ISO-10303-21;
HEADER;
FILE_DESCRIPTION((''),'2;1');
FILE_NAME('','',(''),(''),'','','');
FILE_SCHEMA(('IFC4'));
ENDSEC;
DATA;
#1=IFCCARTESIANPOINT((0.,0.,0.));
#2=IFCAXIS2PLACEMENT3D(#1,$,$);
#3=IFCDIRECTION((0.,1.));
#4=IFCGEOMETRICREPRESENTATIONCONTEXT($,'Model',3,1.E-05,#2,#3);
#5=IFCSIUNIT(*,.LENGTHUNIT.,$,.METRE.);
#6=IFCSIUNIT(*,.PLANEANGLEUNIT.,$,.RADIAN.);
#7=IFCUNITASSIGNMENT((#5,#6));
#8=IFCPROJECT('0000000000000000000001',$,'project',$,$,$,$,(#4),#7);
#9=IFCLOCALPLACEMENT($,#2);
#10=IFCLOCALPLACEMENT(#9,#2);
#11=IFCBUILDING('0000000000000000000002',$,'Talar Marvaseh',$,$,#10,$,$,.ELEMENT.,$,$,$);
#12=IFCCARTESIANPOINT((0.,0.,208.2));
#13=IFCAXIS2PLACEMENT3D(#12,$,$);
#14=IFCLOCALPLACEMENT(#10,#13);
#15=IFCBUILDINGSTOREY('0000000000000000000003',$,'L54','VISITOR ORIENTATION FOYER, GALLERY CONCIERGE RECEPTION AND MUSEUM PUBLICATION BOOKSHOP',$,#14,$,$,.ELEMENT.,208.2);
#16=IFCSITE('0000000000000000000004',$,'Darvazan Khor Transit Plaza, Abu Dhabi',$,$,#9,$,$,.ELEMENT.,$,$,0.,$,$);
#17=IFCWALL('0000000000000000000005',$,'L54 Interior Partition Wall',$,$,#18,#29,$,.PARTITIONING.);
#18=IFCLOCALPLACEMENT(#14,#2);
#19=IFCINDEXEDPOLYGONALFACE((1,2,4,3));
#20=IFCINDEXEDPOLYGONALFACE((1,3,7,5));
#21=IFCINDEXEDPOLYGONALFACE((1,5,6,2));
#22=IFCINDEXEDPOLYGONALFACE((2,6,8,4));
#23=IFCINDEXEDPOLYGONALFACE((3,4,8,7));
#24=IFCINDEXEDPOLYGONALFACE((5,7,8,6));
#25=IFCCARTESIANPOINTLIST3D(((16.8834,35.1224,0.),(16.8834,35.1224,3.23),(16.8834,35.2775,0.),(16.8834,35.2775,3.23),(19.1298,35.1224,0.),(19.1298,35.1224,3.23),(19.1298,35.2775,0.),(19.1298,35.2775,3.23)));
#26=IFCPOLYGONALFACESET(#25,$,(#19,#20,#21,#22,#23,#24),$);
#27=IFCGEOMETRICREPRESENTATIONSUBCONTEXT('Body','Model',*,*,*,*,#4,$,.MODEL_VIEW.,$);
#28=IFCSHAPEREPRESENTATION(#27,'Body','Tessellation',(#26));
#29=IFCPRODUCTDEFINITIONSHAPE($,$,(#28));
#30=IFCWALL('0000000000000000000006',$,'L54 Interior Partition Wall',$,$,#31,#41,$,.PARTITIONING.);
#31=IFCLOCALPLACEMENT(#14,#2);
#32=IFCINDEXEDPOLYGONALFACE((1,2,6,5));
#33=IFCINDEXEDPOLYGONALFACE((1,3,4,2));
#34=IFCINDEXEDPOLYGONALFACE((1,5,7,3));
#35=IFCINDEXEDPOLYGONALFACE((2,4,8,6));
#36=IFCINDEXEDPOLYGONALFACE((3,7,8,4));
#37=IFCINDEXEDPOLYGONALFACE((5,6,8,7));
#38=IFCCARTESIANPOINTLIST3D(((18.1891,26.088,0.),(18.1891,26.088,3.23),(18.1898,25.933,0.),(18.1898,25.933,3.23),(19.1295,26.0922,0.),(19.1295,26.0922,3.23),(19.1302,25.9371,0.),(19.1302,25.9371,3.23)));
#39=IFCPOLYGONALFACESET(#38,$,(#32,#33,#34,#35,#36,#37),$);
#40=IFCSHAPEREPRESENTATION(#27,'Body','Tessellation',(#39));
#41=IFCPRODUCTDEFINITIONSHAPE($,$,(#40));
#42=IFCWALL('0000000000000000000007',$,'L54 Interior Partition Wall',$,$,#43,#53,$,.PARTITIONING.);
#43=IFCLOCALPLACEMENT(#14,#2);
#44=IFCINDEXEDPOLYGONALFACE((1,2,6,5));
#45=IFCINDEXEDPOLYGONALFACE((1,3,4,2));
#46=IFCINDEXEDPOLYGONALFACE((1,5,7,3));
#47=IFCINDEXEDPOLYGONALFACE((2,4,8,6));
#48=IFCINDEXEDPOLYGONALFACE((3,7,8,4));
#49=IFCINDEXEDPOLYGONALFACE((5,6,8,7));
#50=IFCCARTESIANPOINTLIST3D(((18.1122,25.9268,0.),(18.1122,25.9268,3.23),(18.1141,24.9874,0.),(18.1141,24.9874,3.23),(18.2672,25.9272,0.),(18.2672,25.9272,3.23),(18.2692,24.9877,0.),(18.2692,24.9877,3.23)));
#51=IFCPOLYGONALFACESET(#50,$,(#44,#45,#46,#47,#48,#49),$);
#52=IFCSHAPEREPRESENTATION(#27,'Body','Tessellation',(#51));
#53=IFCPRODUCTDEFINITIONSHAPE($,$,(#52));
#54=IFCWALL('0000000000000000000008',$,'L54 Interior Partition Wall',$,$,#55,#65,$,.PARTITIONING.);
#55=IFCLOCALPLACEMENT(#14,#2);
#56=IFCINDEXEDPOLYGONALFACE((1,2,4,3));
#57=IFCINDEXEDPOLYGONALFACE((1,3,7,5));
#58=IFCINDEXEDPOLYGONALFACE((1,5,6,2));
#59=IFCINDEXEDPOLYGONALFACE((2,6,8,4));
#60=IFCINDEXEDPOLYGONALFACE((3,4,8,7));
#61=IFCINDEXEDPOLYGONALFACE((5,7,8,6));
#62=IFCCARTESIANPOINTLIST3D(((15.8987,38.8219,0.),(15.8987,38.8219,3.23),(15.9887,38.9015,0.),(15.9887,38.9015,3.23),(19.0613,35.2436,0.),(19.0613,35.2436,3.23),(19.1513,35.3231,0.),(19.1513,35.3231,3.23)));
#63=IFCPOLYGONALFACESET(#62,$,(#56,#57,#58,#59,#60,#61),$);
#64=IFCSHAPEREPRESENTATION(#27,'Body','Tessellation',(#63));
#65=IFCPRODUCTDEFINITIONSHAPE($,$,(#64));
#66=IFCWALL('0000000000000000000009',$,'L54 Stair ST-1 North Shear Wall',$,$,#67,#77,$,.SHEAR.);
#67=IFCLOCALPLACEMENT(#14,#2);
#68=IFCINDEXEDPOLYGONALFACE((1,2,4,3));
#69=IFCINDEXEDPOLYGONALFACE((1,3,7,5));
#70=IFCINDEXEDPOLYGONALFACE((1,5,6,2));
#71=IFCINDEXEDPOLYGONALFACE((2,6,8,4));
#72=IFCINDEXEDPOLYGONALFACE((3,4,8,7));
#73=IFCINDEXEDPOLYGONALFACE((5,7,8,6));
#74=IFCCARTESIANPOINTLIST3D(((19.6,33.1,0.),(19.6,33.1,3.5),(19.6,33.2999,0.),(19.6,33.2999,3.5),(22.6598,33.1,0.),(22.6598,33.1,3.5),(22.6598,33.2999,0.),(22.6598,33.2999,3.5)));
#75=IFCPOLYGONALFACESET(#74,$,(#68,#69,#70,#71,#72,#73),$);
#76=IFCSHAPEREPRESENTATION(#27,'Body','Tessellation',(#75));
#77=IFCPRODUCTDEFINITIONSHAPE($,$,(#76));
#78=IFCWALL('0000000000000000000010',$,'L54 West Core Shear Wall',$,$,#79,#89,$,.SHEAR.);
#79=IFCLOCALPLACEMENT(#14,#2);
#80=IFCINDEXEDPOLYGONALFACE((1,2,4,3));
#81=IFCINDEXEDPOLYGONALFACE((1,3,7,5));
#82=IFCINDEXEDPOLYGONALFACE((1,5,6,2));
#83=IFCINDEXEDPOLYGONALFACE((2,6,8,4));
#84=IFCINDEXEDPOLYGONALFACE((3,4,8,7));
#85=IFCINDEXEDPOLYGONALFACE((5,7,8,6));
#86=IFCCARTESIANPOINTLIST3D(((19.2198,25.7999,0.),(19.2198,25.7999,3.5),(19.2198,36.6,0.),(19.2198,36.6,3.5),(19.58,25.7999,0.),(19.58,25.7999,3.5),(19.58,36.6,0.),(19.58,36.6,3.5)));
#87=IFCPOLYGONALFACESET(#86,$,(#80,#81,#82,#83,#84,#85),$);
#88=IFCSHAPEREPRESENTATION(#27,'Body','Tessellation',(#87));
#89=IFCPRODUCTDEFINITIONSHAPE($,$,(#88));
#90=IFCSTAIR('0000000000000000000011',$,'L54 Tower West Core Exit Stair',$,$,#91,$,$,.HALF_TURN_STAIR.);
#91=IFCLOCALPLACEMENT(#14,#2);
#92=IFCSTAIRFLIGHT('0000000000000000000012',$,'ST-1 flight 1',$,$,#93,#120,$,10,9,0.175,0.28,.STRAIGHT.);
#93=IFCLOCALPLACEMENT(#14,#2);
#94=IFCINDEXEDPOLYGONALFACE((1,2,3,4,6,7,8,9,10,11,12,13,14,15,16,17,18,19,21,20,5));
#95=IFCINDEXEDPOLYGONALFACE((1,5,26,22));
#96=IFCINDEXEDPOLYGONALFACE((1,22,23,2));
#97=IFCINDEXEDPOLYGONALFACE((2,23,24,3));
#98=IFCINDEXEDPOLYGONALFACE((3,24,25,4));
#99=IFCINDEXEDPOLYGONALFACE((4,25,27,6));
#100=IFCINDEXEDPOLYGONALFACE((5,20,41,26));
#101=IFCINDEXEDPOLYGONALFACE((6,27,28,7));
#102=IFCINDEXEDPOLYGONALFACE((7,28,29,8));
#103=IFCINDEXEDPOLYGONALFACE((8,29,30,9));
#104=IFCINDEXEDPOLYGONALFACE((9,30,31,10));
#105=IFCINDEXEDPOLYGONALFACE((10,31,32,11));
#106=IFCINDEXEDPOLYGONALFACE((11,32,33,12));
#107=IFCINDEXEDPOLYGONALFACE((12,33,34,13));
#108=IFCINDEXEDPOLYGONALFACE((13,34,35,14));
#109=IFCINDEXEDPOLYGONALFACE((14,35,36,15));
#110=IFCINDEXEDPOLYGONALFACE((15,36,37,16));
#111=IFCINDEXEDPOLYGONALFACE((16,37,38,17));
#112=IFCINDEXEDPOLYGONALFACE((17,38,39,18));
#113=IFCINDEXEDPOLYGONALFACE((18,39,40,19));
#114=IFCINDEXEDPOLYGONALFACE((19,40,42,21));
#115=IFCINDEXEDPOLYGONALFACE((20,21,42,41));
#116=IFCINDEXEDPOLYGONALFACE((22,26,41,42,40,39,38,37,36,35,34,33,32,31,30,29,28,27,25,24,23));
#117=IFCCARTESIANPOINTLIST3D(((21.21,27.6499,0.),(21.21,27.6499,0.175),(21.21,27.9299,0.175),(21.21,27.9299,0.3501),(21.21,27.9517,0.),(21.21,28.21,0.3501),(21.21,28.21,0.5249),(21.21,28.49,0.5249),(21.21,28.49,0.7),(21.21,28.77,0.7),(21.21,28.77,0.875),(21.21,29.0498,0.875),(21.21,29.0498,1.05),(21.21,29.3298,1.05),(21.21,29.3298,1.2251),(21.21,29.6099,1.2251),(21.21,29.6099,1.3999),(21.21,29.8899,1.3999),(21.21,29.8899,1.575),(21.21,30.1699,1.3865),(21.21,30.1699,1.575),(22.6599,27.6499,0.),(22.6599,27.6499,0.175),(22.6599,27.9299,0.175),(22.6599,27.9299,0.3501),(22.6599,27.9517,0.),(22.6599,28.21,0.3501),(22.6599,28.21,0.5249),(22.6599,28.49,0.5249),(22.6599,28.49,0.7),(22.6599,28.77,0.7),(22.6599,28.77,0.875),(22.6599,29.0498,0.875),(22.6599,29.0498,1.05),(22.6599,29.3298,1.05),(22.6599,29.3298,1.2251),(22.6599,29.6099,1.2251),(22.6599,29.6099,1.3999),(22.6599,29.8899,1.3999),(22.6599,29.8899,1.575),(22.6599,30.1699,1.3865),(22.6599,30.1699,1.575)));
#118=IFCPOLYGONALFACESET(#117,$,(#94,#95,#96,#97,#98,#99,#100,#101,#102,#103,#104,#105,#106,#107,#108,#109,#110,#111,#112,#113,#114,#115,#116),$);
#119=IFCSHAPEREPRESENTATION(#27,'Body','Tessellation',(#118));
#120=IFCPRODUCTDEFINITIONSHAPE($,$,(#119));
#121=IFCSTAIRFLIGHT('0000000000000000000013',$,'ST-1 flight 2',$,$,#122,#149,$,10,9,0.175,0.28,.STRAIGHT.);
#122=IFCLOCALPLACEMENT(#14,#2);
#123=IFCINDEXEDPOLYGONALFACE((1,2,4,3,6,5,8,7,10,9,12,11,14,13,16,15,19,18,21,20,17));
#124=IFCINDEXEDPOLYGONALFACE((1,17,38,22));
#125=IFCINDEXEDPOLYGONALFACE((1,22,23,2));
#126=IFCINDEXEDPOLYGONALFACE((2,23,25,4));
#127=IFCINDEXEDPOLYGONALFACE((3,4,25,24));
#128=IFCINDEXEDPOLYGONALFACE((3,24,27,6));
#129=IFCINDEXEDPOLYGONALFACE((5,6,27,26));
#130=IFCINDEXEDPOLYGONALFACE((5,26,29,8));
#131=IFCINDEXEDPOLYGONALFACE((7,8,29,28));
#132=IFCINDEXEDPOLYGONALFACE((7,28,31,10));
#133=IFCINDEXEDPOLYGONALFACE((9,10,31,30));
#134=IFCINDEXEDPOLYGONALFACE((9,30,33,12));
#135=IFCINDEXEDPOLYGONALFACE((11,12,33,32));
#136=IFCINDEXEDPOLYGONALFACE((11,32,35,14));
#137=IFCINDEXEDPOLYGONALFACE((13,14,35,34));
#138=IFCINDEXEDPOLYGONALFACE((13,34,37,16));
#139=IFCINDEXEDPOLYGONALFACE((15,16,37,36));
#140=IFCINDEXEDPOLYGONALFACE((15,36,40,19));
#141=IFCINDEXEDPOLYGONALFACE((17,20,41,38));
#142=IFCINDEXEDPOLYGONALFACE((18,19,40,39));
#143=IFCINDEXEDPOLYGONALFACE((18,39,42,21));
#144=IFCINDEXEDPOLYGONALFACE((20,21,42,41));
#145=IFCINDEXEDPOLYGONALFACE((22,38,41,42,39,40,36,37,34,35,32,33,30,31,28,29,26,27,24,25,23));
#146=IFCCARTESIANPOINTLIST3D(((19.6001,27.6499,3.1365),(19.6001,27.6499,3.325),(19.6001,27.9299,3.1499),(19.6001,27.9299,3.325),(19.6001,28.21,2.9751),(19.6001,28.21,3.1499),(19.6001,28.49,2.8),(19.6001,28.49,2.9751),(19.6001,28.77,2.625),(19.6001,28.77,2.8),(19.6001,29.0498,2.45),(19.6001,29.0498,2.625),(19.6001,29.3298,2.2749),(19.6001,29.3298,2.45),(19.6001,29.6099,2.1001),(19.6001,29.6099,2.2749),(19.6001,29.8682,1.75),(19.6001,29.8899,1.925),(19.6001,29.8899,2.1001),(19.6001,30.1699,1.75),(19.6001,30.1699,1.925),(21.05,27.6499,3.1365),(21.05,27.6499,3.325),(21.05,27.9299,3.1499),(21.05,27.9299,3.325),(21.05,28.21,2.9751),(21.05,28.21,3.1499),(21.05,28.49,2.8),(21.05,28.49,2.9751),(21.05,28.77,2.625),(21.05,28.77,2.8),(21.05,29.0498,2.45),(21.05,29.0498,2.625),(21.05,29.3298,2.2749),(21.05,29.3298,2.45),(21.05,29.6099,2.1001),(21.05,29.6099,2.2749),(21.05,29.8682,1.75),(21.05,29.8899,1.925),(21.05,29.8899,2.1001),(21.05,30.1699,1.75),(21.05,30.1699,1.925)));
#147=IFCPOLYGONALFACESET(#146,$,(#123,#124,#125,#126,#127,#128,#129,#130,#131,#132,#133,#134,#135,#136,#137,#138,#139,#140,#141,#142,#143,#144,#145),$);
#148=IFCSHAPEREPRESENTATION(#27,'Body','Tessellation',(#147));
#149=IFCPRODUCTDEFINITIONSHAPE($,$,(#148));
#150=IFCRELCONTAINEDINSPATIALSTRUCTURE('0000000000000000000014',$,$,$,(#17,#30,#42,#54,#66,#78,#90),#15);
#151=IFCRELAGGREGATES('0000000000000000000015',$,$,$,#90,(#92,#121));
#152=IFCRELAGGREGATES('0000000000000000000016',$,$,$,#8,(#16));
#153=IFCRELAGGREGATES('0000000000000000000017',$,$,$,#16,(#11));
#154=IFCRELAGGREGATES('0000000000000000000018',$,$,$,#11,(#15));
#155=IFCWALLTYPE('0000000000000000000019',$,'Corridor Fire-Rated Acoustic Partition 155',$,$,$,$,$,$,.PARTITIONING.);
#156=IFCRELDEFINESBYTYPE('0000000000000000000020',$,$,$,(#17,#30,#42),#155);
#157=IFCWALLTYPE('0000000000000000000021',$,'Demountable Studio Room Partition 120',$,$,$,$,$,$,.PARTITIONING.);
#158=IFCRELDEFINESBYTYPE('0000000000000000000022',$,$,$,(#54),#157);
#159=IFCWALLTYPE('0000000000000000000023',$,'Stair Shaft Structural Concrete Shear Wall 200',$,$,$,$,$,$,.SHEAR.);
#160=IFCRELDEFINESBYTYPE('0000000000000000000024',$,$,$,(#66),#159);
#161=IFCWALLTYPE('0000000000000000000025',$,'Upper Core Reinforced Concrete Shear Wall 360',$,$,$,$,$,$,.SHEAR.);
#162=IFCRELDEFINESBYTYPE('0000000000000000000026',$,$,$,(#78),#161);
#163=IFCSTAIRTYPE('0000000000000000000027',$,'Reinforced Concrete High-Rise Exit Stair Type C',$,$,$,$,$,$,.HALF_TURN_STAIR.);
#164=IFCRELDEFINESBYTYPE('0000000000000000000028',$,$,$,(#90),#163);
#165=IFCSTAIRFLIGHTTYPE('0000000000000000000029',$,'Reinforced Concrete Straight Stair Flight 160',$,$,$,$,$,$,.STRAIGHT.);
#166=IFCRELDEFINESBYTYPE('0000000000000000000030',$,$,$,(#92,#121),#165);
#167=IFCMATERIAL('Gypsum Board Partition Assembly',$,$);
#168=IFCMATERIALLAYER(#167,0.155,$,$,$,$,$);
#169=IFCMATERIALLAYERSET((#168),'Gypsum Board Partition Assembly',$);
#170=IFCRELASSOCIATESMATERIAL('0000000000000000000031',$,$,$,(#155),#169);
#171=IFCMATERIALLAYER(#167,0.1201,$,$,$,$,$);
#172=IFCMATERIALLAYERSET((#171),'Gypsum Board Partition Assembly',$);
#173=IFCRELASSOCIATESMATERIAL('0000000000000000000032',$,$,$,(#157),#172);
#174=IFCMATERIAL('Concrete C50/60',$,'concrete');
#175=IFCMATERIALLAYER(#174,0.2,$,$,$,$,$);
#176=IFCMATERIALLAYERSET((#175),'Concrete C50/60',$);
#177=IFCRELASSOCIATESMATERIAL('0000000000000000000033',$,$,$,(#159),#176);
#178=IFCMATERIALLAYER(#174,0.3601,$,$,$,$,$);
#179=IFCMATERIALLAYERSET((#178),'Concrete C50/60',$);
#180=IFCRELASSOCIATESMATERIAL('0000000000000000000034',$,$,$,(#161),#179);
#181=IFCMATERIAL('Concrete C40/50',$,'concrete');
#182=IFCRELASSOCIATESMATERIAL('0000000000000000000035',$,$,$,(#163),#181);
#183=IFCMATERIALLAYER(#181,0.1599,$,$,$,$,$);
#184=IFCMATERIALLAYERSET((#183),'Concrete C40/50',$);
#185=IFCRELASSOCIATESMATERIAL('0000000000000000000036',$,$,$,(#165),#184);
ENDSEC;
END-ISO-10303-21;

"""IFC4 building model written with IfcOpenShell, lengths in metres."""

from ifc_helpers import new_model, si_unit, direction, frame, frame_2d, origin, place, context, subcontext, project, spatial, polyline, rectangle, outline, extrude, material, layer, layer_set, type_object, element, aggregate, save


model = new_model("IFC4")

# Units and contexts
model_context = context("Model", 3, precision=1e-05, world=origin(), true_north=direction((0.0, 1.0)))
body_context = subcontext(model_context, "Body", "Model", "MODEL_VIEW")
ifc_project = project(units=[si_unit("LENGTHUNIT", "METRE"), si_unit("PLANEANGLEUNIT", "RADIAN")], contexts=[model_context])

# Site, building, storey
site_placement = place(None, origin())
site = spatial("IfcSite", under=ifc_project, at=site_placement, Name="Darvazan Khor Transit Plaza, Abu Dhabi", CompositionType="ELEMENT", RefElevation=0.0)
building_placement = place(site_placement, origin())
building = spatial("IfcBuilding", under=site, at=building_placement, Name="Talar Marvaseh", CompositionType="ELEMENT")
storey_placement = place(building_placement, frame((0.0, 0.0, 208.2)))
storey = spatial("IfcBuildingStorey", under=building, at=storey_placement, Name="L54", Description="VISITOR ORIENTATION FOYER, GALLERY CONCIERGE RECEPTION AND MUSEUM PUBLICATION BOOKSHOP", CompositionType="ELEMENT", Elevation=208.2)

# Walls
ifc_material_1 = material(Name="Gypsum Board Partition Assembly")
ifc_layer_1 = layer(ifc_material_1, 0.155)
ifc_layer_set_1 = layer_set([ifc_layer_1], Name="Gypsum Board Partition Assembly")
wall_type_1 = type_object("IfcWallType", Name="Corridor Fire-Rated Acoustic Partition 155", PredefinedType="PARTITIONING", material=ifc_layer_set_1)
wall_1_placement = place(storey_placement, frame((16.8835, 35.2, 0.0), z_axis=(0.0, 0.0, 1.0), x_axis=(1.0, 0.0, 0.0)))
element("IfcWall", 1, at=wall_1_placement, inside=storey, type_object=wall_type_1, Name="L54 Interior Partition Wall", PredefinedType="PARTITIONING", context=body_context, shape_type="SweptSolid", body=[
    extrude(rectangle(XDim=2.2463, YDim=0.155, at=frame_2d((1.123, 0.0))), origin(), (0.0, 0.0, 1.0), 3.23),
])
wall_2_placement = place(storey_placement, frame((19.1299, 26.0146, 0.0), z_axis=(0.0, 0.0, 1.0), x_axis=(-0.99999, -0.004413, 0.0)))
element("IfcWall", 2, at=wall_2_placement, inside=storey, type_object=wall_type_1, Name="L54 Interior Partition Wall", PredefinedType="PARTITIONING", context=body_context, shape_type="SweptSolid", body=[
    extrude(rectangle(XDim=0.9404, YDim=0.155, at=frame_2d((0.4702, 0.0))), origin(), (0.0, 0.0, 1.0), 3.23),
])
wall_3_placement = place(storey_placement, frame((18.1897, 25.927, 0.0), z_axis=(0.0, 0.0, 1.0), x_axis=(0.002079, -0.999998, 0.0)))
element("IfcWall", 3, at=wall_3_placement, inside=storey, type_object=wall_type_1, Name="L54 Interior Partition Wall", PredefinedType="PARTITIONING", context=body_context, shape_type="SweptSolid", body=[
    extrude(rectangle(XDim=0.9395, YDim=0.155, at=frame_2d((0.4697, 0.0))), origin(), (0.0, 0.0, 1.0), 3.23),
])
ifc_layer_2 = layer(ifc_material_1, 0.1201)
ifc_layer_set_2 = layer_set([ifc_layer_2], Name="Gypsum Board Partition Assembly")
wall_type_2 = type_object("IfcWallType", Name="Demountable Studio Room Partition 120", PredefinedType="PARTITIONING", material=ifc_layer_set_2)
wall_4_placement = place(storey_placement, frame((19.1062, 35.2834, 0.0), z_axis=(0.0, 0.0, 1.0), x_axis=(-0.662235, 0.749296, 0.0)))
element("IfcWall", 4, at=wall_4_placement, inside=storey, type_object=wall_type_2, Name="L54 Interior Partition Wall", PredefinedType="PARTITIONING", context=body_context, shape_type="SweptSolid", body=[
    extrude(rectangle(XDim=4.7756, YDim=0.1201, at=frame_2d((2.3877, 0.0))), origin(), (0.0, 0.0, 1.0), 3.23),
])
ifc_material_2 = material(Name="Concrete C50/60", Category="concrete")
ifc_layer_3 = layer(ifc_material_2, 0.2)
ifc_layer_set_3 = layer_set([ifc_layer_3], Name="Concrete C50/60")
wall_type_3 = type_object("IfcWallType", Name="Stair Shaft Structural Concrete Shear Wall 200", PredefinedType="SHEAR", material=ifc_layer_set_3)
wall_5_placement = place(storey_placement, frame((19.6001, 33.2, 0.0), z_axis=(0.0, 0.0, 1.0), x_axis=(1.0, 0.0, 0.0)))
element("IfcWall", 5, at=wall_5_placement, inside=storey, type_object=wall_type_3, Name="L54 Stair ST-1 North Shear Wall", PredefinedType="SHEAR", context=body_context, shape_type="SweptSolid", body=[
    extrude(rectangle(XDim=3.0598, YDim=0.2, at=frame_2d((1.5298, 0.0))), origin(), (0.0, 0.0, 1.0), 3.5),
])
ifc_layer_4 = layer(ifc_material_2, 0.3601)
ifc_layer_set_4 = layer_set([ifc_layer_4], Name="Concrete C50/60")
wall_type_4 = type_object("IfcWallType", Name="Upper Core Reinforced Concrete Shear Wall 360", PredefinedType="SHEAR", material=ifc_layer_set_4)
wall_6_placement = place(storey_placement, frame((19.3999, 25.8, 0.0), z_axis=(0.0, 0.0, 1.0), x_axis=(0.0, 1.0, 0.0)))
element("IfcWall", 6, at=wall_6_placement, inside=storey, type_object=wall_type_4, Name="L54 West Core Shear Wall", PredefinedType="SHEAR", context=body_context, shape_type="SweptSolid", body=[
    extrude(rectangle(XDim=10.8, YDim=0.3601, at=frame_2d((5.3999, 0.0))), origin(), (0.0, 0.0, 1.0), 3.5),
])

# Stair, stair flights
ifc_material_3 = material(Name="Concrete C40/50", Category="concrete")
stair_type = type_object("IfcStairType", Name="Reinforced Concrete High-Rise Exit Stair Type C", PredefinedType="HALF_TURN_STAIR", material=ifc_material_3)
stair_placement = place(storey_placement, origin())
stair = element("IfcStair", 7, at=stair_placement, inside=storey, type_object=stair_type, Name="L54 Tower West Core Exit Stair", PredefinedType="HALF_TURN_STAIR")
ifc_layer_5 = layer(ifc_material_3, 0.1599)
ifc_layer_set_5 = layer_set([ifc_layer_5], Name="Concrete C40/50")
stair_flight_type = type_object("IfcStairFlightType", Name="Reinforced Concrete Straight Stair Flight 160", PredefinedType="STRAIGHT", material=ifc_layer_set_5)
stair_flight_1_placement = place(storey_placement, frame((21.9351, 27.6499, 0.0), z_axis=(0.0, 0.0, 1.0), x_axis=(0.0, 1.0, 0.0)))
stair_flight_1 = element("IfcStairFlight", 8, at=stair_flight_1_placement, type_object=stair_flight_type, Name="ST-1 flight 1", NumberOfRisers=10, NumberOfTreads=9, PredefinedType="STRAIGHT", RiserHeight=0.175, TreadLength=0.28, context=body_context, shape_type="SweptSolid", body=[
    extrude(outline(polyline([(0.0, 0.0), (0.0, 0.175), (0.28, 0.175), (0.28, 0.3501), (0.5601, 0.3501), (0.5601, 0.5249), (0.8401, 0.5249), (0.8401, 0.7), (1.1201, 0.7), (1.1201, 0.875), (1.3999, 0.875), (1.3999, 1.05), (1.6799, 1.05), (1.6799, 1.2251), (1.96, 1.2251), (1.96, 1.3999), (2.24, 1.3999), (2.24, 1.575), (2.52, 1.575), (2.52, 1.75), (2.52, 1.3865), (0.3018, 0.0), (0.0, 0.0)])), frame((0.0, 0.7251, 0.0), z_axis=(0.0, -1.0, 0.0), x_axis=(1.0, 0.0, 0.0)), (0.0, 0.0, 1.0), 1.45),
])
stair_flight_2_placement = place(storey_placement, frame((20.325, 30.1699, 1.75), z_axis=(0.0, 0.0, 1.0), x_axis=(0.0, -1.0, 0.0)))
stair_flight_2 = element("IfcStairFlight", 9, at=stair_flight_2_placement, type_object=stair_flight_type, Name="ST-1 flight 2", NumberOfRisers=10, NumberOfTreads=9, PredefinedType="STRAIGHT", RiserHeight=0.175, TreadLength=0.28, context=body_context, shape_type="SweptSolid", body=[
    extrude(outline(polyline([(0.0, 0.0), (0.0, 0.175), (0.28, 0.175), (0.28, 0.3501), (0.5601, 0.3501), (0.5601, 0.5249), (0.8401, 0.5249), (0.8401, 0.7), (1.1201, 0.7), (1.1201, 0.875), (1.3999, 0.875), (1.3999, 1.05), (1.6799, 1.05), (1.6799, 1.2251), (1.96, 1.2251), (1.96, 1.3999), (2.24, 1.3999), (2.24, 1.575), (2.52, 1.575), (2.52, 1.75), (2.52, 1.3865), (0.3018, 0.0), (0.0, 0.0)])), frame((0.0, 0.7251, 0.0), z_axis=(0.0, -1.0, 0.0), x_axis=(1.0, 0.0, 0.0)), (0.0, 0.0, 1.0), 1.45),
])
aggregate(stair, [stair_flight_1, stair_flight_2])

save(model, "model.ifc")
